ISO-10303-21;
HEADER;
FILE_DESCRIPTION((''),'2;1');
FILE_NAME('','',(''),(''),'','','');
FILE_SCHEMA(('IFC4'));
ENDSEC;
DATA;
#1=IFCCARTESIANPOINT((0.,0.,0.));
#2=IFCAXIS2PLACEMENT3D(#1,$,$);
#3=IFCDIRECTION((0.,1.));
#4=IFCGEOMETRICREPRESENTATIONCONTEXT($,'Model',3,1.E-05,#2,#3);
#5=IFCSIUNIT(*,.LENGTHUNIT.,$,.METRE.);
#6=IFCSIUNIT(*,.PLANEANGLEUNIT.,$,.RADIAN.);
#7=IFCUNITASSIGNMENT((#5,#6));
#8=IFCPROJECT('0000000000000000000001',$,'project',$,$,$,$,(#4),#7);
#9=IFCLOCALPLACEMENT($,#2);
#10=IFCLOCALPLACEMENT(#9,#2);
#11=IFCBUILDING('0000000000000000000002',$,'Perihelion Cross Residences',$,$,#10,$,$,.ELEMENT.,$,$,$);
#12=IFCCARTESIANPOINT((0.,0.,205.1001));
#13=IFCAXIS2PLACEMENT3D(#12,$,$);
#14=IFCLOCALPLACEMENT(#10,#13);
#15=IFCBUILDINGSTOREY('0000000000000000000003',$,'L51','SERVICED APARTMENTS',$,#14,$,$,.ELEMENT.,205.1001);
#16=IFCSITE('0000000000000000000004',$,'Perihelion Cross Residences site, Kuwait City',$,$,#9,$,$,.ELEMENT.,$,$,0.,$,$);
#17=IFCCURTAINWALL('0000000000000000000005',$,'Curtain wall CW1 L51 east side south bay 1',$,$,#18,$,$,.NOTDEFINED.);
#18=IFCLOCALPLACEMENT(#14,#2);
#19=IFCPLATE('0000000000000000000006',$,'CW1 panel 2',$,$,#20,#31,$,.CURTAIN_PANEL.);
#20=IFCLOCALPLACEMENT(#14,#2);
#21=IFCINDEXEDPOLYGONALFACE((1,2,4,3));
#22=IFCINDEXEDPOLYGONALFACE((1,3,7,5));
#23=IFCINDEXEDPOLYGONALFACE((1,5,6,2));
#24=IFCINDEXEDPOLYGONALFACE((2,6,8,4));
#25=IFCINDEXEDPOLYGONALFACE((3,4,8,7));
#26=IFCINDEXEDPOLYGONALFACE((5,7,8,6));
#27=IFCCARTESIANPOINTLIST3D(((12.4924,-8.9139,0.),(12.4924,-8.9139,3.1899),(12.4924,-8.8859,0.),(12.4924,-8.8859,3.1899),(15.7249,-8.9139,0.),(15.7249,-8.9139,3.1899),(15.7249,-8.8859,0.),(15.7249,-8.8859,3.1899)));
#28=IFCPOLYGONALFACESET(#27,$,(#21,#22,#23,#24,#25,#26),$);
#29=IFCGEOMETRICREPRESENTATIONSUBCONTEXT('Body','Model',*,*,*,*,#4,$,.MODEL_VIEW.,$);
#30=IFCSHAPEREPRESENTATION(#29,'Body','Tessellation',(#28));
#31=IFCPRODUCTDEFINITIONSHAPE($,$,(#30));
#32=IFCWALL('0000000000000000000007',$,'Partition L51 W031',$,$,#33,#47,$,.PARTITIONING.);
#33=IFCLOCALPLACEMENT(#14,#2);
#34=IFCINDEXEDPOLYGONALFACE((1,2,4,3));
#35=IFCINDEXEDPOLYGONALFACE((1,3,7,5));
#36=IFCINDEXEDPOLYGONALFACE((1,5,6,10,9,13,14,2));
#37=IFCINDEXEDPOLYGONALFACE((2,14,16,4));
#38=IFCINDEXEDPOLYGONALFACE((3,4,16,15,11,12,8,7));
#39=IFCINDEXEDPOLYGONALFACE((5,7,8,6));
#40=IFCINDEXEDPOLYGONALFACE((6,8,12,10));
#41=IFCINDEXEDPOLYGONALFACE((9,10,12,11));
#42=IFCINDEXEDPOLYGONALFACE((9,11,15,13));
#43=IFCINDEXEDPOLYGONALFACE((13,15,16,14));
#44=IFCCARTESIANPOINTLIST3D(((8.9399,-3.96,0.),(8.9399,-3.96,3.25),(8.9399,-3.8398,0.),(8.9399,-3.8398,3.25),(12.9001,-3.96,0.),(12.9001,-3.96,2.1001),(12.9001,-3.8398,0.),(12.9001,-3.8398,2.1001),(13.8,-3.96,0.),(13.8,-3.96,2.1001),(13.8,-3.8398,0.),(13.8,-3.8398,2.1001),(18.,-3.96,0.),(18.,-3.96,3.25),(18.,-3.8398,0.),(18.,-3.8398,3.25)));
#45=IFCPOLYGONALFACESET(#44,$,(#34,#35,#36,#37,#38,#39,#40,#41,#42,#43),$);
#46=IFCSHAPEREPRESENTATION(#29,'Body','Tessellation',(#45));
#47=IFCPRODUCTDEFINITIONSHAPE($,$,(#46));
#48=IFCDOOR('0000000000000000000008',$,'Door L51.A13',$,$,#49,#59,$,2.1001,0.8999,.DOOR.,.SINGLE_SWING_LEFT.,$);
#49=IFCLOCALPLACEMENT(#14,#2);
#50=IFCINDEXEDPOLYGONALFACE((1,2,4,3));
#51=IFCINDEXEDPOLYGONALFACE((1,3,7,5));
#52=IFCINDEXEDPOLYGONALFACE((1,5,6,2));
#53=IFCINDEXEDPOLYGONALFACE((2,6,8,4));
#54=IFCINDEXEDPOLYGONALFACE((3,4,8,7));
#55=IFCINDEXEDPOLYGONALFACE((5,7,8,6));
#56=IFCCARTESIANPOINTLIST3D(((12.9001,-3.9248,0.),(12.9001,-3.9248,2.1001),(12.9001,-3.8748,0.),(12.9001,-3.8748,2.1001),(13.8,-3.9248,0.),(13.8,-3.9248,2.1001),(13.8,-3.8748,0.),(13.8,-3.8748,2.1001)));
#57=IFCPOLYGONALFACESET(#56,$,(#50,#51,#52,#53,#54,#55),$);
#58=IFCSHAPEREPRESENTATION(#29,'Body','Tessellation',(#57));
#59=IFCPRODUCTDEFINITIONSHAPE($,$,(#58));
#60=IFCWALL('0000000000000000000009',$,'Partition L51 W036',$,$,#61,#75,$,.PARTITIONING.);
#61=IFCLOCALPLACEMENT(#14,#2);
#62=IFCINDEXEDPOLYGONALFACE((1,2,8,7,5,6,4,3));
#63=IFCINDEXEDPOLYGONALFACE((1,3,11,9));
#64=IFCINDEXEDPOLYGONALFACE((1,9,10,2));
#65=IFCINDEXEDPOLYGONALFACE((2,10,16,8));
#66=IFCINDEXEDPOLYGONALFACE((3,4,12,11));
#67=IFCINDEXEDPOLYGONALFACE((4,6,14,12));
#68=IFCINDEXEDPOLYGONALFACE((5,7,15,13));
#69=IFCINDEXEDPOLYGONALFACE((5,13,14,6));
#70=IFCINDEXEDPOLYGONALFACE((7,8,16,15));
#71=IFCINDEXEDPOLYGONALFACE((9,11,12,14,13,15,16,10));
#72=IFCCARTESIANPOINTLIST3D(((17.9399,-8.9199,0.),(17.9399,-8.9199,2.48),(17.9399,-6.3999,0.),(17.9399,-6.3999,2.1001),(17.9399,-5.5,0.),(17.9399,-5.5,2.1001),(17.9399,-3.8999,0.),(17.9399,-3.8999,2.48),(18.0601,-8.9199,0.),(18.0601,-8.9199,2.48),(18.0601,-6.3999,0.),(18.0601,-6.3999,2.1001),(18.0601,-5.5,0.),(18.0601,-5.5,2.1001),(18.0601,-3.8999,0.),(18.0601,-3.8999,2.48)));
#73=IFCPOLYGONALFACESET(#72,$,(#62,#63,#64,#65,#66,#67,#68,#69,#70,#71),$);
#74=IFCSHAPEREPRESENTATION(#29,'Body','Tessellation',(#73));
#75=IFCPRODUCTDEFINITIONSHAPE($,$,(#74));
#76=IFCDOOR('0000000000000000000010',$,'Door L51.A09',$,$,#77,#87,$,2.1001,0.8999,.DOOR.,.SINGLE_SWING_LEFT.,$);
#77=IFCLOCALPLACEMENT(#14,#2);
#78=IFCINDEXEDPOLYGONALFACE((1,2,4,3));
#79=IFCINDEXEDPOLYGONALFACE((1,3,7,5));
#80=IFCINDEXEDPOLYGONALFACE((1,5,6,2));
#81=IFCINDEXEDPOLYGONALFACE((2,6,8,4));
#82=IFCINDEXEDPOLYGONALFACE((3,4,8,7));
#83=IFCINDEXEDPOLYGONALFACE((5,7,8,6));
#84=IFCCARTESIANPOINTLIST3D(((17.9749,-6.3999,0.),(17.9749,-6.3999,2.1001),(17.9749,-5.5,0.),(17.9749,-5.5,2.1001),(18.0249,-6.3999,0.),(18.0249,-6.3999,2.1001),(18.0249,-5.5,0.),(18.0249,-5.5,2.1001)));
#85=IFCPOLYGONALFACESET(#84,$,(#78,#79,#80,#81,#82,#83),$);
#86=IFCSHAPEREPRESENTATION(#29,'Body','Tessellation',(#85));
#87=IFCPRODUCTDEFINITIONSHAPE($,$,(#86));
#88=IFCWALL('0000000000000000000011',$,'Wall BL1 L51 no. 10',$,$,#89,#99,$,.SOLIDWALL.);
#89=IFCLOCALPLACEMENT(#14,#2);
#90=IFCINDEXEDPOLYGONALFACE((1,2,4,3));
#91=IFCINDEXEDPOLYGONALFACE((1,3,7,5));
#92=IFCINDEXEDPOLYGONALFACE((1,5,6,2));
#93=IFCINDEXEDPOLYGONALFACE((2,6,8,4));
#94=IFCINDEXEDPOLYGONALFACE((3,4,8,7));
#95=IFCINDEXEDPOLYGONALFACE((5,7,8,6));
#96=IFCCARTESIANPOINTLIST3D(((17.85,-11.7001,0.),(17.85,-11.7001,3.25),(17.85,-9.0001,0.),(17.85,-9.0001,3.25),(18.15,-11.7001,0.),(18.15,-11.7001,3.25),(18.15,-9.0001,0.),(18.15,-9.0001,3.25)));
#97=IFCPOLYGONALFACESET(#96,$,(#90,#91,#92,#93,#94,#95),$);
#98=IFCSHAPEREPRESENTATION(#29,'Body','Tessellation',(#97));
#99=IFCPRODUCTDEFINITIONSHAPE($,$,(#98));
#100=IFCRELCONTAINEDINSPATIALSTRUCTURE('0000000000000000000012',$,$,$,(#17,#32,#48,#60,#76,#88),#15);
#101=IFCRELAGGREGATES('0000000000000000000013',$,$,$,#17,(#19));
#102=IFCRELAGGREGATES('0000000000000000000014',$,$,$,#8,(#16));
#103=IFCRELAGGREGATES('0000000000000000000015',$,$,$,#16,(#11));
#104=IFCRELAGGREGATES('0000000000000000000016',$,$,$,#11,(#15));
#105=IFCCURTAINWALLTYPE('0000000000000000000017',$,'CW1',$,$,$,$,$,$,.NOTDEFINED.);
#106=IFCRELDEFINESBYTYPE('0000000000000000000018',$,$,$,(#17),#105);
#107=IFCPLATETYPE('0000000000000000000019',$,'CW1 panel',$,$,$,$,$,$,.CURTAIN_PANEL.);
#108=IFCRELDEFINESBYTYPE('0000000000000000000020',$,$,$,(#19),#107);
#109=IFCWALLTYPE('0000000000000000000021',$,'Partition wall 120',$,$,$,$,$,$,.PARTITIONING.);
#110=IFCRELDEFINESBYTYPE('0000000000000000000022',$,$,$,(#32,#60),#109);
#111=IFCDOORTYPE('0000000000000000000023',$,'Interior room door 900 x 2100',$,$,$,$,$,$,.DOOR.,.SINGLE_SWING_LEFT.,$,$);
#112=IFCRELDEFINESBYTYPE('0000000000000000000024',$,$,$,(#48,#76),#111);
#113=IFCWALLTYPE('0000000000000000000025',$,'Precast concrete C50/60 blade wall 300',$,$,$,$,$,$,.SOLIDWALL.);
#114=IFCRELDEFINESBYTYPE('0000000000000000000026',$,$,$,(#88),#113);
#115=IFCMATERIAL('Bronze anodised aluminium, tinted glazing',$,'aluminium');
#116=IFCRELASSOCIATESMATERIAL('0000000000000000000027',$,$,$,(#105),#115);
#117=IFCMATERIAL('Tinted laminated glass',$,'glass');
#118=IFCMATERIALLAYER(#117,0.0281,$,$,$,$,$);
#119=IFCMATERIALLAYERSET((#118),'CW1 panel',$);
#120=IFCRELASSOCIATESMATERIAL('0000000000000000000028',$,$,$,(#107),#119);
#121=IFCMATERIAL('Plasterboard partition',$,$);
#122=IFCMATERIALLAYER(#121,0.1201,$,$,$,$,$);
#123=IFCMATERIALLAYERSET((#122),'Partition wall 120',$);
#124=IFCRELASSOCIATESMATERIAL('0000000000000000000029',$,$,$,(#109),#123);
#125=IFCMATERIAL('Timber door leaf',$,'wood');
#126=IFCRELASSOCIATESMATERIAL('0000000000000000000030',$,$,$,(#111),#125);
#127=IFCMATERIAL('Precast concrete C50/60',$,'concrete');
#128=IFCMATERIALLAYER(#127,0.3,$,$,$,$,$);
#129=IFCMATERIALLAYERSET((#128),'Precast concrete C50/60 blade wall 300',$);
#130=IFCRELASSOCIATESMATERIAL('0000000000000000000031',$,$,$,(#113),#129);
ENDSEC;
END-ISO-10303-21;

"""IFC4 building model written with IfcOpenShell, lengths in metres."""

from ifc_helpers import new_model, si_unit, direction, frame, frame_2d, origin, origin_2d, place, context, subcontext, project, spatial, rectangle, extrude, material, layer, layer_set, type_object, element, fill, aggregate, save


model = new_model("IFC4")

# Units and contexts
model_context = context("Model", 3, precision=1e-05, world=origin(), true_north=direction((0.0, 1.0)))
body_context = subcontext(model_context, "Body", "Model", "MODEL_VIEW")
ifc_project = project(units=[si_unit("LENGTHUNIT", "METRE"), si_unit("PLANEANGLEUNIT", "RADIAN")], contexts=[model_context])

# Site, building, storey
site_placement = place(None, origin())
site = spatial("IfcSite", under=ifc_project, at=site_placement, Name="Perihelion Cross Residences site, Kuwait City", CompositionType="ELEMENT", RefElevation=0.0)
building_placement = place(site_placement, origin())
building = spatial("IfcBuilding", under=site, at=building_placement, Name="Perihelion Cross Residences", CompositionType="ELEMENT")
storey_placement = place(building_placement, frame((0.0, 0.0, 205.1001)))
storey = spatial("IfcBuildingStorey", under=building, at=storey_placement, Name="L51", Description="SERVICED APARTMENTS", CompositionType="ELEMENT", Elevation=205.1001)

# Curtain wall
ifc_material_1 = material(Name="Bronze anodised aluminium, tinted glazing", Category="aluminium")
curtain_wall_type = type_object("IfcCurtainWallType", Name="CW1", PredefinedType="NOTDEFINED", material=ifc_material_1)
curtain_wall_placement = place(storey_placement, origin())
curtain_wall = element("IfcCurtainWall", 1, at=curtain_wall_placement, inside=storey, type_object=curtain_wall_type, Name="Curtain wall CW1 L51 east side south bay 1", PredefinedType="NOTDEFINED")

# Plate
ifc_material_2 = material(Name="Tinted laminated glass", Category="glass")
ifc_layer_1 = layer(ifc_material_2, 0.0281)
ifc_layer_set_1 = layer_set([ifc_layer_1], Name="CW1 panel")
plate_type = type_object("IfcPlateType", Name="CW1 panel", PredefinedType="CURTAIN_PANEL", material=ifc_layer_set_1)
plate_1_placement = place(storey_placement, frame((14.1086, -8.8999, 0.0), z_axis=(0.0, 0.0, 1.0), x_axis=(1.0, 0.0, 0.0)))
plate_1 = element("IfcPlate", 2, at=plate_1_placement, type_object=plate_type, Name="CW1 panel 2", PredefinedType="CURTAIN_PANEL", context=body_context, shape_type="SweptSolid", body=[
    extrude(rectangle(XDim=3.2324, YDim=0.0281, at=origin_2d()), origin(), (0.0, 0.0, 1.0), 3.1899),
])
aggregate(curtain_wall, [plate_1])

# Walls, openings, doors
ifc_material_3 = material(Name="Plasterboard partition")
ifc_layer_2 = layer(ifc_material_3, 0.1201)
ifc_layer_set_2 = layer_set([ifc_layer_2], Name="Partition wall 120")
wall_type_1 = type_object("IfcWallType", Name="Partition wall 120", PredefinedType="PARTITIONING", material=ifc_layer_set_2)
wall_1_placement = place(storey_placement, frame((18.0, -3.8999, 0.0), z_axis=(0.0, 0.0, 1.0), x_axis=(-1.0, 0.0, 0.0)))
wall_1 = element("IfcWall", 3, at=wall_1_placement, inside=storey, type_object=wall_type_1, Name="Partition L51 W031", PredefinedType="PARTITIONING", context=body_context, shape_type="SweptSolid", body=[
    extrude(rectangle(XDim=9.0601, YDim=0.1201, at=frame_2d((4.53, 0.0))), origin(), (0.0, 0.0, 1.0), 3.25),
])
opening_1_placement = place(wall_1_placement, frame((4.2, 0.0, 0.0)))
opening_1 = element("IfcOpeningElement", 4, at=opening_1_placement, cuts=wall_1, PredefinedType="OPENING", context=body_context, shape_type="SweptSolid", body=[
    extrude(rectangle(XDim=0.8999, YDim=2.1001, at=frame_2d((0.45, 1.05))), frame((0.0, 0.0701, 0.0), z_axis=(0.0, -1.0, 0.0), x_axis=(1.0, 0.0, 0.0)), (0.0, 0.0, 1.0), 0.1401),
])
ifc_material_4 = material(Name="Timber door leaf", Category="wood")
door_type_1 = type_object("IfcDoorType", Name="Interior room door 900 x 2100", OperationType="SINGLE_SWING_LEFT", PredefinedType="DOOR", material=ifc_material_4)
door_1_placement = place(opening_1_placement, origin())
door_1 = element("IfcDoor", 5, at=door_1_placement, inside=storey, type_object=door_type_1, Name="Door L51.A13", OperationType="SINGLE_SWING_LEFT", OverallHeight=2.1001, OverallWidth=0.8999, PredefinedType="DOOR", context=body_context, shape_type="SweptSolid", body=[
    extrude(rectangle(XDim=0.8999, YDim=2.1001, at=frame_2d((0.45, 1.05))), frame((0.0, 0.0249, 0.0), z_axis=(0.0, -1.0, 0.0), x_axis=(1.0, 0.0, 0.0)), (0.0, 0.0, 1.0), 0.05),
])
fill(opening_1, door_1)
wall_2_placement = place(storey_placement, frame((18.0, -3.8999, 0.0), z_axis=(0.0, 0.0, 1.0), x_axis=(0.0, -1.0, 0.0)))
wall_2 = element("IfcWall", 6, at=wall_2_placement, inside=storey, type_object=wall_type_1, Name="Partition L51 W036", PredefinedType="PARTITIONING", context=body_context, shape_type="SweptSolid", body=[
    extrude(rectangle(XDim=5.02, YDim=0.1201, at=frame_2d((2.51, 0.0))), origin(), (0.0, 0.0, 1.0), 2.48),
])
opening_2_placement = place(wall_2_placement, frame((1.6001, 0.0, 0.0)))
opening_2 = element("IfcOpeningElement", 7, at=opening_2_placement, cuts=wall_2, PredefinedType="OPENING", context=body_context, shape_type="SweptSolid", body=[
    extrude(rectangle(XDim=0.8999, YDim=2.1001, at=frame_2d((0.45, 1.05))), frame((0.0, 0.0701, 0.0), z_axis=(0.0, -1.0, 0.0), x_axis=(1.0, 0.0, 0.0)), (0.0, 0.0, 1.0), 0.1401),
])
door_2_placement = place(opening_2_placement, origin())
door_2 = element("IfcDoor", 8, at=door_2_placement, inside=storey, type_object=door_type_1, Name="Door L51.A09", OperationType="SINGLE_SWING_LEFT", OverallHeight=2.1001, OverallWidth=0.8999, PredefinedType="DOOR", context=body_context, shape_type="SweptSolid", body=[
    extrude(rectangle(XDim=0.8999, YDim=2.1001, at=frame_2d((0.45, 1.05))), frame((0.0, 0.0249, 0.0), z_axis=(0.0, -1.0, 0.0), x_axis=(1.0, 0.0, 0.0)), (0.0, 0.0, 1.0), 0.05),
])
fill(opening_2, door_2)

# Wall
ifc_material_5 = material(Name="Precast concrete C50/60", Category="concrete")
ifc_layer_3 = layer(ifc_material_5, 0.3)
ifc_layer_set_3 = layer_set([ifc_layer_3], Name="Precast concrete C50/60 blade wall 300")
wall_type_2 = type_object("IfcWallType", Name="Precast concrete C50/60 blade wall 300", PredefinedType="SOLIDWALL", material=ifc_layer_set_3)
wall_3_placement = place(storey_placement, frame((18.0, -9.0, 0.0), z_axis=(0.0, 0.0, 1.0), x_axis=(0.0, -1.0, 0.0)))
element("IfcWall", 9, at=wall_3_placement, inside=storey, type_object=wall_type_2, Name="Wall BL1 L51 no. 10", PredefinedType="SOLIDWALL", context=body_context, shape_type="SweptSolid", body=[
    extrude(rectangle(XDim=2.7, YDim=0.3, at=frame_2d((1.3501, 0.0))), origin(), (0.0, 0.0, 1.0), 3.25),
])

save(model, "model.ifc")
